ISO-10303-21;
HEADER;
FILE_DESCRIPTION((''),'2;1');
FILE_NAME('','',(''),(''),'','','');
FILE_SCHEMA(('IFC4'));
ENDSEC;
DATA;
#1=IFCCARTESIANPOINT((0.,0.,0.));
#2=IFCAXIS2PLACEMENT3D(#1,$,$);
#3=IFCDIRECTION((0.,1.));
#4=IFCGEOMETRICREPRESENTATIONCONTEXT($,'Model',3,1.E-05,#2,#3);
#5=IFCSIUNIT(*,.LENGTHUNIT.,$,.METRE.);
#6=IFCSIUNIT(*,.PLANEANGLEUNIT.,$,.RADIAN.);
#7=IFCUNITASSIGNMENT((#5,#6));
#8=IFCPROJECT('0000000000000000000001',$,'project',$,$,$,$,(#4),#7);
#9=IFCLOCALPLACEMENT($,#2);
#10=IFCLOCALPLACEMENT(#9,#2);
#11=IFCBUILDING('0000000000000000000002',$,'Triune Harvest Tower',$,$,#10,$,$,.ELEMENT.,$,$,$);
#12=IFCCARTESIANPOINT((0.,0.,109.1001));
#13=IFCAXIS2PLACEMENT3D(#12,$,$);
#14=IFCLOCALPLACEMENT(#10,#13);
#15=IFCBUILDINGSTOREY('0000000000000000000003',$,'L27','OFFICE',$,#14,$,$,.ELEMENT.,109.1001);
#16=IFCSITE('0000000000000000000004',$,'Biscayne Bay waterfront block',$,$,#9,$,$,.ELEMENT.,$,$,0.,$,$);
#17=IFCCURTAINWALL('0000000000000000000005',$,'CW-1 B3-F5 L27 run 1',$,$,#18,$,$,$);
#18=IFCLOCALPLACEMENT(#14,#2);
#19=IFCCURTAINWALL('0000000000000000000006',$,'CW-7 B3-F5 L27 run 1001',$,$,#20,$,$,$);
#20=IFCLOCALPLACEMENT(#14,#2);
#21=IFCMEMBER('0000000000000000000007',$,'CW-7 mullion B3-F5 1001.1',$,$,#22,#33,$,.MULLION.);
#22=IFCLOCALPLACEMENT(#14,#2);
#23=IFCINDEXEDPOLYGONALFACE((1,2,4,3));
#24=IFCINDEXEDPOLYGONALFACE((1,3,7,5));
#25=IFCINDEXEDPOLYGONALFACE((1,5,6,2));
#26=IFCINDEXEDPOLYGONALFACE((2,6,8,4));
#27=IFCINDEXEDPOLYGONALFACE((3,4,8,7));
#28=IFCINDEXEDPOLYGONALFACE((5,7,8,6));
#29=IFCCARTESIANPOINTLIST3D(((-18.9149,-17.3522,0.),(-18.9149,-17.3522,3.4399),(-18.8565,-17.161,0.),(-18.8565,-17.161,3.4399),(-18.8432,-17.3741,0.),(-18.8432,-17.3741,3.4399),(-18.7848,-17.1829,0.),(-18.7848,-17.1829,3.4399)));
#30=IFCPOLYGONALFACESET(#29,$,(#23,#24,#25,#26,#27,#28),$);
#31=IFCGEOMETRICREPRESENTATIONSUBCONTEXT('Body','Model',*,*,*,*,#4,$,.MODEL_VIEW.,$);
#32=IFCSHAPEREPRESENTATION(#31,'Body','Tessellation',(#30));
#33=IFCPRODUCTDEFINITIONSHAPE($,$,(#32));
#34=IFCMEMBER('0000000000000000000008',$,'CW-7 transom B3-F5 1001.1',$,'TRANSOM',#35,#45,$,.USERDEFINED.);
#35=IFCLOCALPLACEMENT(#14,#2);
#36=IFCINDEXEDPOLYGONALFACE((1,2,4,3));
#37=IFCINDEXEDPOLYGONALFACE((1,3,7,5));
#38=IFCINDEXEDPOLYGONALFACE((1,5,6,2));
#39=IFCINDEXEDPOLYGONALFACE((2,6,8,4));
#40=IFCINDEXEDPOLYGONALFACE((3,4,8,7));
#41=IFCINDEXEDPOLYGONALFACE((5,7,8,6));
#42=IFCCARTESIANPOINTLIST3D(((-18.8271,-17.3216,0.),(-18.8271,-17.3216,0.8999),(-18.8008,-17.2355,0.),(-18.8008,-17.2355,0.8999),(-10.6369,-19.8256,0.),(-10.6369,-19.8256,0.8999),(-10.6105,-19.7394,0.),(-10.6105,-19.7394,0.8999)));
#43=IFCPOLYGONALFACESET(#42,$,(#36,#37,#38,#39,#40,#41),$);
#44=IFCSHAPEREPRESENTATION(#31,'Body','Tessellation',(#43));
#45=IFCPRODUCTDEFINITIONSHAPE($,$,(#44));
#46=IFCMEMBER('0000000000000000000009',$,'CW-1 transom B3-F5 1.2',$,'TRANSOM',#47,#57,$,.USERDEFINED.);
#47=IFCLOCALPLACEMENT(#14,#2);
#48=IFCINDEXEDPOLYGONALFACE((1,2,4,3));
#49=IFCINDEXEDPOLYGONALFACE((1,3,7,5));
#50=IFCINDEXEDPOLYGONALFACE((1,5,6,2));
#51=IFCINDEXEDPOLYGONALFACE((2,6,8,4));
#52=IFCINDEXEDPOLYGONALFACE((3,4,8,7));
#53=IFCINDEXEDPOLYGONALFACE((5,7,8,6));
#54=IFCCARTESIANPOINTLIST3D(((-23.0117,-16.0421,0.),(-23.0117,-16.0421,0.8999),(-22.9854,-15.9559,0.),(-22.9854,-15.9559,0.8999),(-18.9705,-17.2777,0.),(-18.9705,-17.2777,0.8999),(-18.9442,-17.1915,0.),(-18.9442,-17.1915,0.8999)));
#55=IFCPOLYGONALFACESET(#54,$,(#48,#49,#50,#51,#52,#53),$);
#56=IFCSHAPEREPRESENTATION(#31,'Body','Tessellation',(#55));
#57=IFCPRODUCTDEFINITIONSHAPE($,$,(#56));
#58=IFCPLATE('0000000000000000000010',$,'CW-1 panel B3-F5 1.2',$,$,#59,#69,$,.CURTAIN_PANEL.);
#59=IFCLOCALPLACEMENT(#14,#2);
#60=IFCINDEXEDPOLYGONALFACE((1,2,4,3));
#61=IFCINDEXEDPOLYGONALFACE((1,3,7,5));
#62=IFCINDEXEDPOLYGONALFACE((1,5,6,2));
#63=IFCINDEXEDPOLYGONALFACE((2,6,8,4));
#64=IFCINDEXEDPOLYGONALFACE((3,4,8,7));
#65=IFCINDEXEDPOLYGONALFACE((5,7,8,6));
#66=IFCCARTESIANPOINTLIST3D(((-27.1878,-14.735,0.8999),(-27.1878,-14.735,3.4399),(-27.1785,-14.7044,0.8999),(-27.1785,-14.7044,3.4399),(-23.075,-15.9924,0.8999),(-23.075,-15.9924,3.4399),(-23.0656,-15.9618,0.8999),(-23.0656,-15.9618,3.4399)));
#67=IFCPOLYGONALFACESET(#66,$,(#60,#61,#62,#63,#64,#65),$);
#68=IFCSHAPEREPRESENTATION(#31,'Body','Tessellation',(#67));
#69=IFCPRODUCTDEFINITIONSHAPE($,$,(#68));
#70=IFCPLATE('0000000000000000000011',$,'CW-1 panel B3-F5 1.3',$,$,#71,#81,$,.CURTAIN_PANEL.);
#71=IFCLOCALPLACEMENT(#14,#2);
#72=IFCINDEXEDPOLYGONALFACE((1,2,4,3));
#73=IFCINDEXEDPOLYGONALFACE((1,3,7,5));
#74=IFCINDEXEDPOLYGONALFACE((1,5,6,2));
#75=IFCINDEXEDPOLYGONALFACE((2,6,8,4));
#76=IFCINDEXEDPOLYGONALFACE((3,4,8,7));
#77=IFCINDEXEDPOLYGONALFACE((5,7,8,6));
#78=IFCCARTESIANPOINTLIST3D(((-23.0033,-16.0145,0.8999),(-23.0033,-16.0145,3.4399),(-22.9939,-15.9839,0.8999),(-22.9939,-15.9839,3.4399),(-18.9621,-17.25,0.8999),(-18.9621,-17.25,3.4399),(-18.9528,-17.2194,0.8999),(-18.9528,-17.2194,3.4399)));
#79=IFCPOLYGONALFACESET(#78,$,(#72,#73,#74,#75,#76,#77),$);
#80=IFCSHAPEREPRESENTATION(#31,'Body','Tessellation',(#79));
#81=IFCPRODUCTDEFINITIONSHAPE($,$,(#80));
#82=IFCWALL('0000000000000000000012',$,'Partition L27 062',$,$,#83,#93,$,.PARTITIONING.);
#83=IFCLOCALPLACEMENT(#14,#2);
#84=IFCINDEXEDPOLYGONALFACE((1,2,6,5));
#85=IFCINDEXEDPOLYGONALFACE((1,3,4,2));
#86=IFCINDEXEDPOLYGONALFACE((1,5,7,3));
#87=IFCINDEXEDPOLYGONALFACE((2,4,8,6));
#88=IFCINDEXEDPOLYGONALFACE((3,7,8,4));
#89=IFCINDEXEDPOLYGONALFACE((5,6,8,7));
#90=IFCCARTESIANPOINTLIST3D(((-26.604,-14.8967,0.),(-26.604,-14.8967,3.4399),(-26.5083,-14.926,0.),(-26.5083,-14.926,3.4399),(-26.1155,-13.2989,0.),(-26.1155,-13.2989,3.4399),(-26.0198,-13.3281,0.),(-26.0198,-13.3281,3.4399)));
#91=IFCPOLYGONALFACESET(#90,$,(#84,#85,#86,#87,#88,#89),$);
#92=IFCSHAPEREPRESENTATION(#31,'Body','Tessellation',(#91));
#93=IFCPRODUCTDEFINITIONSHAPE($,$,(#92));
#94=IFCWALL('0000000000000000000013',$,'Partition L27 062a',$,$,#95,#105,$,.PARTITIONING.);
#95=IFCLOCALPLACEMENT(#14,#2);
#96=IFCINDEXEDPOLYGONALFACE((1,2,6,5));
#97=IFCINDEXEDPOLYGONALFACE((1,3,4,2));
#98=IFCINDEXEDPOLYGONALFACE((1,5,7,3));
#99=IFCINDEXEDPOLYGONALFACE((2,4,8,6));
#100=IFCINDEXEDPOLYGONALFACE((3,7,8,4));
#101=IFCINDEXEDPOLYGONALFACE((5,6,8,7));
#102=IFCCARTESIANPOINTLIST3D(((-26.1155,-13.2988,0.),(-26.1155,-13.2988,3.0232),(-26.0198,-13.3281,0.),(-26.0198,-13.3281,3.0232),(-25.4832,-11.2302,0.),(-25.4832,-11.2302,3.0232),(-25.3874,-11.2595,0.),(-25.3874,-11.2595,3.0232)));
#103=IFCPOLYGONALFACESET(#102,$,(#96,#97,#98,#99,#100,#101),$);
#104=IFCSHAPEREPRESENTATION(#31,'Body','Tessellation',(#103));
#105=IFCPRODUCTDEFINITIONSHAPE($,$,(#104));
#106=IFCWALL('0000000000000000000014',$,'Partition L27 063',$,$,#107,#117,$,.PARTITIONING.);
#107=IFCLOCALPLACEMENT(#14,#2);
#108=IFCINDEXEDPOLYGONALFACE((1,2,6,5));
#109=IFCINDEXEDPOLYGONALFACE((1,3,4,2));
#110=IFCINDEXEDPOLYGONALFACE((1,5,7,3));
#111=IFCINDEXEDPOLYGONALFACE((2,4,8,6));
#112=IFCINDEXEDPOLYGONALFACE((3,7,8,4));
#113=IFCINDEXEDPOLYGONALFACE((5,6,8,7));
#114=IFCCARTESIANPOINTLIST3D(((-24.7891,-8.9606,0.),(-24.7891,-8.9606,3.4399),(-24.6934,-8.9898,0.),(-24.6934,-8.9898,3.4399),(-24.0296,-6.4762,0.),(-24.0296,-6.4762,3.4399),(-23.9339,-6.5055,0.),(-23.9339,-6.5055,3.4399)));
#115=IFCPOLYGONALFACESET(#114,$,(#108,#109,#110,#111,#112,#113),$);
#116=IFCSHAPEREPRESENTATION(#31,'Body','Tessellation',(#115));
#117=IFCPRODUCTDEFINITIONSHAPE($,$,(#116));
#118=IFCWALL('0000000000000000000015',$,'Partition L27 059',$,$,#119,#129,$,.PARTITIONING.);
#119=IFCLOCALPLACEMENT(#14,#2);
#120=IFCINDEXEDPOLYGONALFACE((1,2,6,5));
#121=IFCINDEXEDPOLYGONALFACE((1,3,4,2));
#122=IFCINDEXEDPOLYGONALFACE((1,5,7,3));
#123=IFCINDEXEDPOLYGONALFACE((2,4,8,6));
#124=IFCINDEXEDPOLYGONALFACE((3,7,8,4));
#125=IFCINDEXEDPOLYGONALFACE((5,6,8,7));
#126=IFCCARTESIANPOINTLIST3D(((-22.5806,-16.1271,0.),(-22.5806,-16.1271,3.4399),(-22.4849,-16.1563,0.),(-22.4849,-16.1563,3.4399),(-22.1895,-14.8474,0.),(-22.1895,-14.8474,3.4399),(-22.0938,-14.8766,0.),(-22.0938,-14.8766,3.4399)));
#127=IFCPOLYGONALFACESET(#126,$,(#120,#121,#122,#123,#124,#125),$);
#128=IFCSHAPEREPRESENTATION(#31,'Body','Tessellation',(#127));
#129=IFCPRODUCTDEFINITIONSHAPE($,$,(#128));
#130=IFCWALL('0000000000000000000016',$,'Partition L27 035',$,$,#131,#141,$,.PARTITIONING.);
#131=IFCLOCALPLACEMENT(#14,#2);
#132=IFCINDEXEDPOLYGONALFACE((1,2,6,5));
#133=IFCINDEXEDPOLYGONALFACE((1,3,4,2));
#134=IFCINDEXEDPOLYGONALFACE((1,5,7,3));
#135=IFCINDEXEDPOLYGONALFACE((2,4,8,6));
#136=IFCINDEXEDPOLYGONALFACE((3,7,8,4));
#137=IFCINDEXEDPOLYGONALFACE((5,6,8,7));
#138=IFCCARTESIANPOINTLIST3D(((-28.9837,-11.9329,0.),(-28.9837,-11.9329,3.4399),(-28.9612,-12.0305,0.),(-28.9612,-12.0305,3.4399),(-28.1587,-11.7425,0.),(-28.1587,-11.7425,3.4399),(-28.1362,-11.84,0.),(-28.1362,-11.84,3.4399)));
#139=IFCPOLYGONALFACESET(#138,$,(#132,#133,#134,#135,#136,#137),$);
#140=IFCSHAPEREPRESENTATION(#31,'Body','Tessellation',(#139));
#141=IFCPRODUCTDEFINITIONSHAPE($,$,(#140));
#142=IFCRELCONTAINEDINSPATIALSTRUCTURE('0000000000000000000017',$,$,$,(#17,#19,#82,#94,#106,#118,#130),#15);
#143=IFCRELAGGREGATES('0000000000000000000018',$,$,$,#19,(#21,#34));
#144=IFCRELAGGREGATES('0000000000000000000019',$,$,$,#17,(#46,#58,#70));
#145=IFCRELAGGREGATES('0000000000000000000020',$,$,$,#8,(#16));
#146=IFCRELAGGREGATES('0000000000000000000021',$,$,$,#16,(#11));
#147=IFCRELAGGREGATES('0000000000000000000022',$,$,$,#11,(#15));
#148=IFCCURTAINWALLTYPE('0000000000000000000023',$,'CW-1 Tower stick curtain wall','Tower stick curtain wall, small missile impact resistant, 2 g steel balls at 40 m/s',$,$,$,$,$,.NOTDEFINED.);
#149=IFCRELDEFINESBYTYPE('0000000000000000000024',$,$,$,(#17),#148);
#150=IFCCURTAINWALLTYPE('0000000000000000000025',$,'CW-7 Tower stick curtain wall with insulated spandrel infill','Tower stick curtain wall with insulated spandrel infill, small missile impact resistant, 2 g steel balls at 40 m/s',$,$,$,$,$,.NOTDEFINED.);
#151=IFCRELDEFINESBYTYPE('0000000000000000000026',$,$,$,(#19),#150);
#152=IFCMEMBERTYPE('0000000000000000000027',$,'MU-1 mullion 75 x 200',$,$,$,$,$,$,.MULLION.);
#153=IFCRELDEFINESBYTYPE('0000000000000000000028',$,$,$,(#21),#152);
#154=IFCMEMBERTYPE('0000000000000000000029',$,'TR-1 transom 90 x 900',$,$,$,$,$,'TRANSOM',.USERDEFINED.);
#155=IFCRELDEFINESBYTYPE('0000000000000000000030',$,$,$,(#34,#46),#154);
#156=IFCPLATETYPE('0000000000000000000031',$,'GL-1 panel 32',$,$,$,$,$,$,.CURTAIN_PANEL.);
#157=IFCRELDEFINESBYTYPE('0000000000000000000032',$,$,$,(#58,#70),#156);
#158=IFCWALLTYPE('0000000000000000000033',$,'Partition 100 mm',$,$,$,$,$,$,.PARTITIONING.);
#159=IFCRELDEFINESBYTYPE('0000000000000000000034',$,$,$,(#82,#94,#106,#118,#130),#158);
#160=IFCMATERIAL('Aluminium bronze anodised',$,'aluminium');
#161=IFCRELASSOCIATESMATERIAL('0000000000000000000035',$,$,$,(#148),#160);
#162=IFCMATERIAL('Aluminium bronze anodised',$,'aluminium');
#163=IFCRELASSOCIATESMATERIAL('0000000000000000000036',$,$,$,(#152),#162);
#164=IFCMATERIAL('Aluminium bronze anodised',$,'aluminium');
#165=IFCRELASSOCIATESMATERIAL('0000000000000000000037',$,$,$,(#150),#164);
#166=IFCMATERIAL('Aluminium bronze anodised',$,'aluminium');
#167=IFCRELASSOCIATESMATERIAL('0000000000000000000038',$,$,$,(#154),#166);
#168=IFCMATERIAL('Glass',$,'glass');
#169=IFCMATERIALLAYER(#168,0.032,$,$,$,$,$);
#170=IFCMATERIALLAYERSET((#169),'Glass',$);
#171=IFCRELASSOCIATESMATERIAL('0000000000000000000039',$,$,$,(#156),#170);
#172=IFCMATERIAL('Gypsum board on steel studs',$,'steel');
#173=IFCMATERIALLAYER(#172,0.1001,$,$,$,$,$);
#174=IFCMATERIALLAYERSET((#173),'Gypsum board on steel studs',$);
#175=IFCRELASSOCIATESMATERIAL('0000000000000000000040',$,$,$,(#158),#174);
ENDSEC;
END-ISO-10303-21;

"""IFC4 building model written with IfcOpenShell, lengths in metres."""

from ifc_helpers import new_model, si_unit, direction, frame, frame_2d, origin, origin_2d, place, context, subcontext, project, spatial, rectangle, extrude, source, transform, mapped, material, layer, layer_set, material_profile, profile_set, type_object, element, aggregate, save


model = new_model("IFC4")

# Units and contexts
model_context = context("Model", 3, precision=1e-05, world=origin(), true_north=direction((0.0, 1.0)))
body_context = subcontext(model_context, "Body", "Model", "MODEL_VIEW")
ifc_project = project(units=[si_unit("LENGTHUNIT", "METRE"), si_unit("PLANEANGLEUNIT", "RADIAN")], contexts=[model_context])

# Site, building, storey
site_placement = place(None, origin())
site = spatial("IfcSite", under=ifc_project, at=site_placement, Name="Biscayne Bay waterfront block", CompositionType="ELEMENT", RefElevation=0.0)
building_placement = place(site_placement, origin())
building = spatial("IfcBuilding", under=site, at=building_placement, Name="Triune Harvest Tower", CompositionType="ELEMENT")
storey_placement = place(building_placement, frame((0.0, 0.0, 109.1001)))
storey = spatial("IfcBuildingStorey", under=building, at=storey_placement, Name="L27", Description="OFFICE", CompositionType="ELEMENT", Elevation=109.1001)

# Curtain walls, members
ifc_material_1 = material(Name="Aluminium bronze anodised", Category="aluminium")
curtain_wall_type_1 = type_object("IfcCurtainWallType", Name="CW-1 Tower stick curtain wall", Description="Tower stick curtain wall, small missile impact resistant, 2 g steel balls at 40 m/s", PredefinedType="NOTDEFINED", material=ifc_material_1)
curtain_wall_1_placement = place(storey_placement, origin())
curtain_wall_1 = element("IfcCurtainWall", 1, at=curtain_wall_1_placement, inside=storey, type_object=curtain_wall_type_1, Name="CW-1 B3-F5 L27 run 1")
ifc_material_2 = material(Name="Aluminium bronze anodised", Category="aluminium")
ifc_material_profile_1 = material_profile(ifc_material_2, rectangle(XDim=0.2, YDim=0.075, at=origin_2d()), Name="MU-1 mullion 75 x 200")
ifc_profile_set_1 = profile_set([ifc_material_profile_1], Name="Aluminium bronze anodised")
member_type_1 = type_object("IfcMemberType", Name="MU-1 mullion 75 x 200", PredefinedType="MULLION", material=ifc_profile_set_1)
shared_shape_1 = source(origin(), body_context, "Body", "SweptSolid", [
    extrude(rectangle(XDim=0.2, YDim=0.075, at=origin_2d()), origin(), (0.0, 0.0, 1.0), 3.4399),
])
ifc_material_3 = material(Name="Aluminium bronze anodised", Category="aluminium")
curtain_wall_type_2 = type_object("IfcCurtainWallType", Name="CW-7 Tower stick curtain wall with insulated spandrel infill", Description="Tower stick curtain wall with insulated spandrel infill, small missile impact resistant, 2 g steel balls at 40 m/s", PredefinedType="NOTDEFINED", material=ifc_material_3)
curtain_wall_2_placement = place(storey_placement, origin())
curtain_wall_2 = element("IfcCurtainWall", 2, at=curtain_wall_2_placement, inside=storey, type_object=curtain_wall_type_2, Name="CW-7 B3-F5 L27 run 1001")
member_1_placement = place(storey_placement, frame((-18.8499, -17.2676, 0.0), z_axis=(0.0, 0.0, 1.0), x_axis=(0.292373, 0.956304, 0.0)))
member_1 = element("IfcMember", 3, at=member_1_placement, type_object=member_type_1, Name="CW-7 mullion B3-F5 1001.1", PredefinedType="MULLION", context=body_context, shape_type="MappedRepresentation", body=[
    mapped(shared_shape_1, transform((0.0, 0.0, 0.0), scale=1.0)),
])
ifc_material_4 = material(Name="Aluminium bronze anodised", Category="aluminium")
ifc_material_profile_2 = material_profile(ifc_material_4, rectangle(XDim=0.0901, YDim=0.8999, at=origin_2d()), Name="TR-1 transom 90 x 900")
ifc_profile_set_2 = profile_set([ifc_material_profile_2], Name="Aluminium bronze anodised")
member_type_2 = type_object("IfcMemberType", Name="TR-1 transom 90 x 900", ElementType="TRANSOM", PredefinedType="USERDEFINED", material=ifc_profile_set_2)
shared_shape_2 = source(origin(), body_context, "Body", "SweptSolid", [
    extrude(rectangle(XDim=0.0901, YDim=0.8999, at=origin_2d()), origin(), (0.0, 0.0, 1.0), 8.5645),
])
member_2_placement = place(storey_placement, frame((-18.814, -17.2786, 0.45), z_axis=(0.956308, -0.292363, 0.0), x_axis=(0.292363, 0.956308, 0.0)))
member_2 = element("IfcMember", 4, at=member_2_placement, type_object=member_type_2, Name="CW-7 transom B3-F5 1001.1", ObjectType="TRANSOM", PredefinedType="USERDEFINED", context=body_context, shape_type="MappedRepresentation", body=[
    mapped(shared_shape_2, transform((0.0, 0.0, 0.0), scale=1.0)),
])
aggregate(curtain_wall_2, [member_1, member_2])

# Member
shared_shape_3 = source(origin(), body_context, "Body", "SweptSolid", [
    extrude(rectangle(XDim=0.0901, YDim=0.8999, at=origin_2d()), origin(), (0.0, 0.0, 1.0), 4.2258),
])
member_3_placement = place(storey_placement, frame((-22.9985, -15.999, 0.45), z_axis=(0.956301, -0.292384, 0.0), x_axis=(0.292384, 0.956301, 0.0)))
member_3 = element("IfcMember", 5, at=member_3_placement, type_object=member_type_2, Name="CW-1 transom B3-F5 1.2", ObjectType="TRANSOM", PredefinedType="USERDEFINED", context=body_context, shape_type="MappedRepresentation", body=[
    mapped(shared_shape_3, transform((0.0, 0.0, 0.0), scale=1.0)),
])

# Plates
ifc_material_5 = material(Name="Glass", Category="glass")
ifc_layer_1 = layer(ifc_material_5, 0.032)
ifc_layer_set_1 = layer_set([ifc_layer_1], Name="Glass")
plate_type = type_object("IfcPlateType", Name="GL-1 panel 32", PredefinedType="CURTAIN_PANEL", material=ifc_layer_set_1)
shared_shape_4 = source(origin(), body_context, "Body", "SweptSolid", [
    extrude(rectangle(XDim=4.3008, YDim=0.032, at=origin_2d()), origin(), (0.0, 0.0, 1.0), 2.54),
])
plate_1_placement = place(storey_placement, frame((-25.1267, -15.3484, 0.8999), z_axis=(0.0, 0.0, 1.0), x_axis=(0.956304, -0.292374, 0.0)))
plate_1 = element("IfcPlate", 6, at=plate_1_placement, type_object=plate_type, Name="CW-1 panel B3-F5 1.2", PredefinedType="CURTAIN_PANEL", context=body_context, shape_type="MappedRepresentation", body=[
    mapped(shared_shape_4, transform((0.0, 0.0, 0.0), scale=1.0)),
])
shared_shape_5 = source(origin(), body_context, "Body", "SweptSolid", [
    extrude(rectangle(XDim=4.2258, YDim=0.032, at=origin_2d()), origin(), (0.0, 0.0, 1.0), 2.54),
])
plate_2_placement = place(storey_placement, frame((-20.978, -16.6169, 0.8999), z_axis=(0.0, 0.0, 1.0), x_axis=(0.956304, -0.292374, 0.0)))
plate_2 = element("IfcPlate", 7, at=plate_2_placement, type_object=plate_type, Name="CW-1 panel B3-F5 1.3", PredefinedType="CURTAIN_PANEL", context=body_context, shape_type="MappedRepresentation", body=[
    mapped(shared_shape_5, transform((0.0, 0.0, 0.0), scale=1.0)),
])
aggregate(curtain_wall_1, [member_3, plate_1, plate_2])

# Walls
ifc_material_6 = material(Name="Gypsum board on steel studs", Category="steel")
ifc_layer_2 = layer(ifc_material_6, 0.1001)
ifc_layer_set_2 = layer_set([ifc_layer_2], Name="Gypsum board on steel studs")
wall_type_1 = type_object("IfcWallType", Name="Partition 100 mm", PredefinedType="PARTITIONING", material=ifc_layer_set_2)
wall_1_placement = place(storey_placement, frame((-26.5562, -14.9114, 0.0), z_axis=(0.0, 0.0, 1.0), x_axis=(0.292371, 0.956305, 0.0)))
element("IfcWall", 8, at=wall_1_placement, inside=storey, type_object=wall_type_1, Name="Partition L27 062", PredefinedType="PARTITIONING", context=body_context, shape_type="SweptSolid", body=[
    extrude(rectangle(XDim=1.6709, YDim=0.1001, at=frame_2d((0.8354, 0.0))), origin(), (0.0, 0.0, 1.0), 3.4399),
])
wall_2_placement = place(storey_placement, frame((-26.0676, -13.3135, 0.0), z_axis=(0.0, 0.0, 1.0), x_axis=(0.292325, 0.956319, 0.0)))
element("IfcWall", 9, at=wall_2_placement, inside=storey, type_object=wall_type_1, Name="Partition L27 062a", PredefinedType="PARTITIONING", context=body_context, shape_type="SweptSolid", body=[
    extrude(rectangle(XDim=2.1631, YDim=0.1001, at=frame_2d((1.0815, 0.0))), origin(), (0.0, 0.0, 1.0), 3.0232),
])
wall_3_placement = place(storey_placement, frame((-24.7412, -8.9751, 0.0), z_axis=(0.0, 0.0, 1.0), x_axis=(0.292362, 0.956308, 0.0)))
element("IfcWall", 10, at=wall_3_placement, inside=storey, type_object=wall_type_1, Name="Partition L27 063", PredefinedType="PARTITIONING", context=body_context, shape_type="SweptSolid", body=[
    extrude(rectangle(XDim=2.5979, YDim=0.1001, at=frame_2d((1.2988, 0.0))), origin(), (0.0, 0.0, 1.0), 3.4399),
])
shared_shape_6 = source(origin(), body_context, "Body", "SweptSolid", [
    extrude(rectangle(XDim=1.3381, YDim=0.1001, at=frame_2d((0.6689, 0.0))), origin(), (0.0, 0.0, 1.0), 3.4399),
])
wall_4_placement = place(storey_placement, frame((-22.5327, -16.1416, 0.0), z_axis=(0.0, 0.0, 1.0), x_axis=(0.292265, 0.956337, 0.0)))
element("IfcWall", 11, at=wall_4_placement, inside=storey, type_object=wall_type_1, Name="Partition L27 059", PredefinedType="PARTITIONING", context=body_context, shape_type="MappedRepresentation", body=[
    mapped(shared_shape_6, transform((0.0, 0.0, 0.0), scale=1.0)),
])
shared_shape_7 = source(origin(), body_context, "Body", "SweptSolid", [
    extrude(rectangle(XDim=0.8467, YDim=0.1001, at=frame_2d((0.4233, 0.0))), origin(), (0.0, 0.0, 1.0), 3.4399),
])
wall_5_placement = place(storey_placement, frame((-28.9724, -11.9817, 0.0), z_axis=(0.0, 0.0, 1.0), x_axis=(0.974377, 0.224923, 0.0)))
element("IfcWall", 12, at=wall_5_placement, inside=storey, type_object=wall_type_1, Name="Partition L27 035", PredefinedType="PARTITIONING", context=body_context, shape_type="MappedRepresentation", body=[
    mapped(shared_shape_7, transform((0.0, 0.0, 0.0), scale=1.0)),
])

save(model, "model.ifc")
